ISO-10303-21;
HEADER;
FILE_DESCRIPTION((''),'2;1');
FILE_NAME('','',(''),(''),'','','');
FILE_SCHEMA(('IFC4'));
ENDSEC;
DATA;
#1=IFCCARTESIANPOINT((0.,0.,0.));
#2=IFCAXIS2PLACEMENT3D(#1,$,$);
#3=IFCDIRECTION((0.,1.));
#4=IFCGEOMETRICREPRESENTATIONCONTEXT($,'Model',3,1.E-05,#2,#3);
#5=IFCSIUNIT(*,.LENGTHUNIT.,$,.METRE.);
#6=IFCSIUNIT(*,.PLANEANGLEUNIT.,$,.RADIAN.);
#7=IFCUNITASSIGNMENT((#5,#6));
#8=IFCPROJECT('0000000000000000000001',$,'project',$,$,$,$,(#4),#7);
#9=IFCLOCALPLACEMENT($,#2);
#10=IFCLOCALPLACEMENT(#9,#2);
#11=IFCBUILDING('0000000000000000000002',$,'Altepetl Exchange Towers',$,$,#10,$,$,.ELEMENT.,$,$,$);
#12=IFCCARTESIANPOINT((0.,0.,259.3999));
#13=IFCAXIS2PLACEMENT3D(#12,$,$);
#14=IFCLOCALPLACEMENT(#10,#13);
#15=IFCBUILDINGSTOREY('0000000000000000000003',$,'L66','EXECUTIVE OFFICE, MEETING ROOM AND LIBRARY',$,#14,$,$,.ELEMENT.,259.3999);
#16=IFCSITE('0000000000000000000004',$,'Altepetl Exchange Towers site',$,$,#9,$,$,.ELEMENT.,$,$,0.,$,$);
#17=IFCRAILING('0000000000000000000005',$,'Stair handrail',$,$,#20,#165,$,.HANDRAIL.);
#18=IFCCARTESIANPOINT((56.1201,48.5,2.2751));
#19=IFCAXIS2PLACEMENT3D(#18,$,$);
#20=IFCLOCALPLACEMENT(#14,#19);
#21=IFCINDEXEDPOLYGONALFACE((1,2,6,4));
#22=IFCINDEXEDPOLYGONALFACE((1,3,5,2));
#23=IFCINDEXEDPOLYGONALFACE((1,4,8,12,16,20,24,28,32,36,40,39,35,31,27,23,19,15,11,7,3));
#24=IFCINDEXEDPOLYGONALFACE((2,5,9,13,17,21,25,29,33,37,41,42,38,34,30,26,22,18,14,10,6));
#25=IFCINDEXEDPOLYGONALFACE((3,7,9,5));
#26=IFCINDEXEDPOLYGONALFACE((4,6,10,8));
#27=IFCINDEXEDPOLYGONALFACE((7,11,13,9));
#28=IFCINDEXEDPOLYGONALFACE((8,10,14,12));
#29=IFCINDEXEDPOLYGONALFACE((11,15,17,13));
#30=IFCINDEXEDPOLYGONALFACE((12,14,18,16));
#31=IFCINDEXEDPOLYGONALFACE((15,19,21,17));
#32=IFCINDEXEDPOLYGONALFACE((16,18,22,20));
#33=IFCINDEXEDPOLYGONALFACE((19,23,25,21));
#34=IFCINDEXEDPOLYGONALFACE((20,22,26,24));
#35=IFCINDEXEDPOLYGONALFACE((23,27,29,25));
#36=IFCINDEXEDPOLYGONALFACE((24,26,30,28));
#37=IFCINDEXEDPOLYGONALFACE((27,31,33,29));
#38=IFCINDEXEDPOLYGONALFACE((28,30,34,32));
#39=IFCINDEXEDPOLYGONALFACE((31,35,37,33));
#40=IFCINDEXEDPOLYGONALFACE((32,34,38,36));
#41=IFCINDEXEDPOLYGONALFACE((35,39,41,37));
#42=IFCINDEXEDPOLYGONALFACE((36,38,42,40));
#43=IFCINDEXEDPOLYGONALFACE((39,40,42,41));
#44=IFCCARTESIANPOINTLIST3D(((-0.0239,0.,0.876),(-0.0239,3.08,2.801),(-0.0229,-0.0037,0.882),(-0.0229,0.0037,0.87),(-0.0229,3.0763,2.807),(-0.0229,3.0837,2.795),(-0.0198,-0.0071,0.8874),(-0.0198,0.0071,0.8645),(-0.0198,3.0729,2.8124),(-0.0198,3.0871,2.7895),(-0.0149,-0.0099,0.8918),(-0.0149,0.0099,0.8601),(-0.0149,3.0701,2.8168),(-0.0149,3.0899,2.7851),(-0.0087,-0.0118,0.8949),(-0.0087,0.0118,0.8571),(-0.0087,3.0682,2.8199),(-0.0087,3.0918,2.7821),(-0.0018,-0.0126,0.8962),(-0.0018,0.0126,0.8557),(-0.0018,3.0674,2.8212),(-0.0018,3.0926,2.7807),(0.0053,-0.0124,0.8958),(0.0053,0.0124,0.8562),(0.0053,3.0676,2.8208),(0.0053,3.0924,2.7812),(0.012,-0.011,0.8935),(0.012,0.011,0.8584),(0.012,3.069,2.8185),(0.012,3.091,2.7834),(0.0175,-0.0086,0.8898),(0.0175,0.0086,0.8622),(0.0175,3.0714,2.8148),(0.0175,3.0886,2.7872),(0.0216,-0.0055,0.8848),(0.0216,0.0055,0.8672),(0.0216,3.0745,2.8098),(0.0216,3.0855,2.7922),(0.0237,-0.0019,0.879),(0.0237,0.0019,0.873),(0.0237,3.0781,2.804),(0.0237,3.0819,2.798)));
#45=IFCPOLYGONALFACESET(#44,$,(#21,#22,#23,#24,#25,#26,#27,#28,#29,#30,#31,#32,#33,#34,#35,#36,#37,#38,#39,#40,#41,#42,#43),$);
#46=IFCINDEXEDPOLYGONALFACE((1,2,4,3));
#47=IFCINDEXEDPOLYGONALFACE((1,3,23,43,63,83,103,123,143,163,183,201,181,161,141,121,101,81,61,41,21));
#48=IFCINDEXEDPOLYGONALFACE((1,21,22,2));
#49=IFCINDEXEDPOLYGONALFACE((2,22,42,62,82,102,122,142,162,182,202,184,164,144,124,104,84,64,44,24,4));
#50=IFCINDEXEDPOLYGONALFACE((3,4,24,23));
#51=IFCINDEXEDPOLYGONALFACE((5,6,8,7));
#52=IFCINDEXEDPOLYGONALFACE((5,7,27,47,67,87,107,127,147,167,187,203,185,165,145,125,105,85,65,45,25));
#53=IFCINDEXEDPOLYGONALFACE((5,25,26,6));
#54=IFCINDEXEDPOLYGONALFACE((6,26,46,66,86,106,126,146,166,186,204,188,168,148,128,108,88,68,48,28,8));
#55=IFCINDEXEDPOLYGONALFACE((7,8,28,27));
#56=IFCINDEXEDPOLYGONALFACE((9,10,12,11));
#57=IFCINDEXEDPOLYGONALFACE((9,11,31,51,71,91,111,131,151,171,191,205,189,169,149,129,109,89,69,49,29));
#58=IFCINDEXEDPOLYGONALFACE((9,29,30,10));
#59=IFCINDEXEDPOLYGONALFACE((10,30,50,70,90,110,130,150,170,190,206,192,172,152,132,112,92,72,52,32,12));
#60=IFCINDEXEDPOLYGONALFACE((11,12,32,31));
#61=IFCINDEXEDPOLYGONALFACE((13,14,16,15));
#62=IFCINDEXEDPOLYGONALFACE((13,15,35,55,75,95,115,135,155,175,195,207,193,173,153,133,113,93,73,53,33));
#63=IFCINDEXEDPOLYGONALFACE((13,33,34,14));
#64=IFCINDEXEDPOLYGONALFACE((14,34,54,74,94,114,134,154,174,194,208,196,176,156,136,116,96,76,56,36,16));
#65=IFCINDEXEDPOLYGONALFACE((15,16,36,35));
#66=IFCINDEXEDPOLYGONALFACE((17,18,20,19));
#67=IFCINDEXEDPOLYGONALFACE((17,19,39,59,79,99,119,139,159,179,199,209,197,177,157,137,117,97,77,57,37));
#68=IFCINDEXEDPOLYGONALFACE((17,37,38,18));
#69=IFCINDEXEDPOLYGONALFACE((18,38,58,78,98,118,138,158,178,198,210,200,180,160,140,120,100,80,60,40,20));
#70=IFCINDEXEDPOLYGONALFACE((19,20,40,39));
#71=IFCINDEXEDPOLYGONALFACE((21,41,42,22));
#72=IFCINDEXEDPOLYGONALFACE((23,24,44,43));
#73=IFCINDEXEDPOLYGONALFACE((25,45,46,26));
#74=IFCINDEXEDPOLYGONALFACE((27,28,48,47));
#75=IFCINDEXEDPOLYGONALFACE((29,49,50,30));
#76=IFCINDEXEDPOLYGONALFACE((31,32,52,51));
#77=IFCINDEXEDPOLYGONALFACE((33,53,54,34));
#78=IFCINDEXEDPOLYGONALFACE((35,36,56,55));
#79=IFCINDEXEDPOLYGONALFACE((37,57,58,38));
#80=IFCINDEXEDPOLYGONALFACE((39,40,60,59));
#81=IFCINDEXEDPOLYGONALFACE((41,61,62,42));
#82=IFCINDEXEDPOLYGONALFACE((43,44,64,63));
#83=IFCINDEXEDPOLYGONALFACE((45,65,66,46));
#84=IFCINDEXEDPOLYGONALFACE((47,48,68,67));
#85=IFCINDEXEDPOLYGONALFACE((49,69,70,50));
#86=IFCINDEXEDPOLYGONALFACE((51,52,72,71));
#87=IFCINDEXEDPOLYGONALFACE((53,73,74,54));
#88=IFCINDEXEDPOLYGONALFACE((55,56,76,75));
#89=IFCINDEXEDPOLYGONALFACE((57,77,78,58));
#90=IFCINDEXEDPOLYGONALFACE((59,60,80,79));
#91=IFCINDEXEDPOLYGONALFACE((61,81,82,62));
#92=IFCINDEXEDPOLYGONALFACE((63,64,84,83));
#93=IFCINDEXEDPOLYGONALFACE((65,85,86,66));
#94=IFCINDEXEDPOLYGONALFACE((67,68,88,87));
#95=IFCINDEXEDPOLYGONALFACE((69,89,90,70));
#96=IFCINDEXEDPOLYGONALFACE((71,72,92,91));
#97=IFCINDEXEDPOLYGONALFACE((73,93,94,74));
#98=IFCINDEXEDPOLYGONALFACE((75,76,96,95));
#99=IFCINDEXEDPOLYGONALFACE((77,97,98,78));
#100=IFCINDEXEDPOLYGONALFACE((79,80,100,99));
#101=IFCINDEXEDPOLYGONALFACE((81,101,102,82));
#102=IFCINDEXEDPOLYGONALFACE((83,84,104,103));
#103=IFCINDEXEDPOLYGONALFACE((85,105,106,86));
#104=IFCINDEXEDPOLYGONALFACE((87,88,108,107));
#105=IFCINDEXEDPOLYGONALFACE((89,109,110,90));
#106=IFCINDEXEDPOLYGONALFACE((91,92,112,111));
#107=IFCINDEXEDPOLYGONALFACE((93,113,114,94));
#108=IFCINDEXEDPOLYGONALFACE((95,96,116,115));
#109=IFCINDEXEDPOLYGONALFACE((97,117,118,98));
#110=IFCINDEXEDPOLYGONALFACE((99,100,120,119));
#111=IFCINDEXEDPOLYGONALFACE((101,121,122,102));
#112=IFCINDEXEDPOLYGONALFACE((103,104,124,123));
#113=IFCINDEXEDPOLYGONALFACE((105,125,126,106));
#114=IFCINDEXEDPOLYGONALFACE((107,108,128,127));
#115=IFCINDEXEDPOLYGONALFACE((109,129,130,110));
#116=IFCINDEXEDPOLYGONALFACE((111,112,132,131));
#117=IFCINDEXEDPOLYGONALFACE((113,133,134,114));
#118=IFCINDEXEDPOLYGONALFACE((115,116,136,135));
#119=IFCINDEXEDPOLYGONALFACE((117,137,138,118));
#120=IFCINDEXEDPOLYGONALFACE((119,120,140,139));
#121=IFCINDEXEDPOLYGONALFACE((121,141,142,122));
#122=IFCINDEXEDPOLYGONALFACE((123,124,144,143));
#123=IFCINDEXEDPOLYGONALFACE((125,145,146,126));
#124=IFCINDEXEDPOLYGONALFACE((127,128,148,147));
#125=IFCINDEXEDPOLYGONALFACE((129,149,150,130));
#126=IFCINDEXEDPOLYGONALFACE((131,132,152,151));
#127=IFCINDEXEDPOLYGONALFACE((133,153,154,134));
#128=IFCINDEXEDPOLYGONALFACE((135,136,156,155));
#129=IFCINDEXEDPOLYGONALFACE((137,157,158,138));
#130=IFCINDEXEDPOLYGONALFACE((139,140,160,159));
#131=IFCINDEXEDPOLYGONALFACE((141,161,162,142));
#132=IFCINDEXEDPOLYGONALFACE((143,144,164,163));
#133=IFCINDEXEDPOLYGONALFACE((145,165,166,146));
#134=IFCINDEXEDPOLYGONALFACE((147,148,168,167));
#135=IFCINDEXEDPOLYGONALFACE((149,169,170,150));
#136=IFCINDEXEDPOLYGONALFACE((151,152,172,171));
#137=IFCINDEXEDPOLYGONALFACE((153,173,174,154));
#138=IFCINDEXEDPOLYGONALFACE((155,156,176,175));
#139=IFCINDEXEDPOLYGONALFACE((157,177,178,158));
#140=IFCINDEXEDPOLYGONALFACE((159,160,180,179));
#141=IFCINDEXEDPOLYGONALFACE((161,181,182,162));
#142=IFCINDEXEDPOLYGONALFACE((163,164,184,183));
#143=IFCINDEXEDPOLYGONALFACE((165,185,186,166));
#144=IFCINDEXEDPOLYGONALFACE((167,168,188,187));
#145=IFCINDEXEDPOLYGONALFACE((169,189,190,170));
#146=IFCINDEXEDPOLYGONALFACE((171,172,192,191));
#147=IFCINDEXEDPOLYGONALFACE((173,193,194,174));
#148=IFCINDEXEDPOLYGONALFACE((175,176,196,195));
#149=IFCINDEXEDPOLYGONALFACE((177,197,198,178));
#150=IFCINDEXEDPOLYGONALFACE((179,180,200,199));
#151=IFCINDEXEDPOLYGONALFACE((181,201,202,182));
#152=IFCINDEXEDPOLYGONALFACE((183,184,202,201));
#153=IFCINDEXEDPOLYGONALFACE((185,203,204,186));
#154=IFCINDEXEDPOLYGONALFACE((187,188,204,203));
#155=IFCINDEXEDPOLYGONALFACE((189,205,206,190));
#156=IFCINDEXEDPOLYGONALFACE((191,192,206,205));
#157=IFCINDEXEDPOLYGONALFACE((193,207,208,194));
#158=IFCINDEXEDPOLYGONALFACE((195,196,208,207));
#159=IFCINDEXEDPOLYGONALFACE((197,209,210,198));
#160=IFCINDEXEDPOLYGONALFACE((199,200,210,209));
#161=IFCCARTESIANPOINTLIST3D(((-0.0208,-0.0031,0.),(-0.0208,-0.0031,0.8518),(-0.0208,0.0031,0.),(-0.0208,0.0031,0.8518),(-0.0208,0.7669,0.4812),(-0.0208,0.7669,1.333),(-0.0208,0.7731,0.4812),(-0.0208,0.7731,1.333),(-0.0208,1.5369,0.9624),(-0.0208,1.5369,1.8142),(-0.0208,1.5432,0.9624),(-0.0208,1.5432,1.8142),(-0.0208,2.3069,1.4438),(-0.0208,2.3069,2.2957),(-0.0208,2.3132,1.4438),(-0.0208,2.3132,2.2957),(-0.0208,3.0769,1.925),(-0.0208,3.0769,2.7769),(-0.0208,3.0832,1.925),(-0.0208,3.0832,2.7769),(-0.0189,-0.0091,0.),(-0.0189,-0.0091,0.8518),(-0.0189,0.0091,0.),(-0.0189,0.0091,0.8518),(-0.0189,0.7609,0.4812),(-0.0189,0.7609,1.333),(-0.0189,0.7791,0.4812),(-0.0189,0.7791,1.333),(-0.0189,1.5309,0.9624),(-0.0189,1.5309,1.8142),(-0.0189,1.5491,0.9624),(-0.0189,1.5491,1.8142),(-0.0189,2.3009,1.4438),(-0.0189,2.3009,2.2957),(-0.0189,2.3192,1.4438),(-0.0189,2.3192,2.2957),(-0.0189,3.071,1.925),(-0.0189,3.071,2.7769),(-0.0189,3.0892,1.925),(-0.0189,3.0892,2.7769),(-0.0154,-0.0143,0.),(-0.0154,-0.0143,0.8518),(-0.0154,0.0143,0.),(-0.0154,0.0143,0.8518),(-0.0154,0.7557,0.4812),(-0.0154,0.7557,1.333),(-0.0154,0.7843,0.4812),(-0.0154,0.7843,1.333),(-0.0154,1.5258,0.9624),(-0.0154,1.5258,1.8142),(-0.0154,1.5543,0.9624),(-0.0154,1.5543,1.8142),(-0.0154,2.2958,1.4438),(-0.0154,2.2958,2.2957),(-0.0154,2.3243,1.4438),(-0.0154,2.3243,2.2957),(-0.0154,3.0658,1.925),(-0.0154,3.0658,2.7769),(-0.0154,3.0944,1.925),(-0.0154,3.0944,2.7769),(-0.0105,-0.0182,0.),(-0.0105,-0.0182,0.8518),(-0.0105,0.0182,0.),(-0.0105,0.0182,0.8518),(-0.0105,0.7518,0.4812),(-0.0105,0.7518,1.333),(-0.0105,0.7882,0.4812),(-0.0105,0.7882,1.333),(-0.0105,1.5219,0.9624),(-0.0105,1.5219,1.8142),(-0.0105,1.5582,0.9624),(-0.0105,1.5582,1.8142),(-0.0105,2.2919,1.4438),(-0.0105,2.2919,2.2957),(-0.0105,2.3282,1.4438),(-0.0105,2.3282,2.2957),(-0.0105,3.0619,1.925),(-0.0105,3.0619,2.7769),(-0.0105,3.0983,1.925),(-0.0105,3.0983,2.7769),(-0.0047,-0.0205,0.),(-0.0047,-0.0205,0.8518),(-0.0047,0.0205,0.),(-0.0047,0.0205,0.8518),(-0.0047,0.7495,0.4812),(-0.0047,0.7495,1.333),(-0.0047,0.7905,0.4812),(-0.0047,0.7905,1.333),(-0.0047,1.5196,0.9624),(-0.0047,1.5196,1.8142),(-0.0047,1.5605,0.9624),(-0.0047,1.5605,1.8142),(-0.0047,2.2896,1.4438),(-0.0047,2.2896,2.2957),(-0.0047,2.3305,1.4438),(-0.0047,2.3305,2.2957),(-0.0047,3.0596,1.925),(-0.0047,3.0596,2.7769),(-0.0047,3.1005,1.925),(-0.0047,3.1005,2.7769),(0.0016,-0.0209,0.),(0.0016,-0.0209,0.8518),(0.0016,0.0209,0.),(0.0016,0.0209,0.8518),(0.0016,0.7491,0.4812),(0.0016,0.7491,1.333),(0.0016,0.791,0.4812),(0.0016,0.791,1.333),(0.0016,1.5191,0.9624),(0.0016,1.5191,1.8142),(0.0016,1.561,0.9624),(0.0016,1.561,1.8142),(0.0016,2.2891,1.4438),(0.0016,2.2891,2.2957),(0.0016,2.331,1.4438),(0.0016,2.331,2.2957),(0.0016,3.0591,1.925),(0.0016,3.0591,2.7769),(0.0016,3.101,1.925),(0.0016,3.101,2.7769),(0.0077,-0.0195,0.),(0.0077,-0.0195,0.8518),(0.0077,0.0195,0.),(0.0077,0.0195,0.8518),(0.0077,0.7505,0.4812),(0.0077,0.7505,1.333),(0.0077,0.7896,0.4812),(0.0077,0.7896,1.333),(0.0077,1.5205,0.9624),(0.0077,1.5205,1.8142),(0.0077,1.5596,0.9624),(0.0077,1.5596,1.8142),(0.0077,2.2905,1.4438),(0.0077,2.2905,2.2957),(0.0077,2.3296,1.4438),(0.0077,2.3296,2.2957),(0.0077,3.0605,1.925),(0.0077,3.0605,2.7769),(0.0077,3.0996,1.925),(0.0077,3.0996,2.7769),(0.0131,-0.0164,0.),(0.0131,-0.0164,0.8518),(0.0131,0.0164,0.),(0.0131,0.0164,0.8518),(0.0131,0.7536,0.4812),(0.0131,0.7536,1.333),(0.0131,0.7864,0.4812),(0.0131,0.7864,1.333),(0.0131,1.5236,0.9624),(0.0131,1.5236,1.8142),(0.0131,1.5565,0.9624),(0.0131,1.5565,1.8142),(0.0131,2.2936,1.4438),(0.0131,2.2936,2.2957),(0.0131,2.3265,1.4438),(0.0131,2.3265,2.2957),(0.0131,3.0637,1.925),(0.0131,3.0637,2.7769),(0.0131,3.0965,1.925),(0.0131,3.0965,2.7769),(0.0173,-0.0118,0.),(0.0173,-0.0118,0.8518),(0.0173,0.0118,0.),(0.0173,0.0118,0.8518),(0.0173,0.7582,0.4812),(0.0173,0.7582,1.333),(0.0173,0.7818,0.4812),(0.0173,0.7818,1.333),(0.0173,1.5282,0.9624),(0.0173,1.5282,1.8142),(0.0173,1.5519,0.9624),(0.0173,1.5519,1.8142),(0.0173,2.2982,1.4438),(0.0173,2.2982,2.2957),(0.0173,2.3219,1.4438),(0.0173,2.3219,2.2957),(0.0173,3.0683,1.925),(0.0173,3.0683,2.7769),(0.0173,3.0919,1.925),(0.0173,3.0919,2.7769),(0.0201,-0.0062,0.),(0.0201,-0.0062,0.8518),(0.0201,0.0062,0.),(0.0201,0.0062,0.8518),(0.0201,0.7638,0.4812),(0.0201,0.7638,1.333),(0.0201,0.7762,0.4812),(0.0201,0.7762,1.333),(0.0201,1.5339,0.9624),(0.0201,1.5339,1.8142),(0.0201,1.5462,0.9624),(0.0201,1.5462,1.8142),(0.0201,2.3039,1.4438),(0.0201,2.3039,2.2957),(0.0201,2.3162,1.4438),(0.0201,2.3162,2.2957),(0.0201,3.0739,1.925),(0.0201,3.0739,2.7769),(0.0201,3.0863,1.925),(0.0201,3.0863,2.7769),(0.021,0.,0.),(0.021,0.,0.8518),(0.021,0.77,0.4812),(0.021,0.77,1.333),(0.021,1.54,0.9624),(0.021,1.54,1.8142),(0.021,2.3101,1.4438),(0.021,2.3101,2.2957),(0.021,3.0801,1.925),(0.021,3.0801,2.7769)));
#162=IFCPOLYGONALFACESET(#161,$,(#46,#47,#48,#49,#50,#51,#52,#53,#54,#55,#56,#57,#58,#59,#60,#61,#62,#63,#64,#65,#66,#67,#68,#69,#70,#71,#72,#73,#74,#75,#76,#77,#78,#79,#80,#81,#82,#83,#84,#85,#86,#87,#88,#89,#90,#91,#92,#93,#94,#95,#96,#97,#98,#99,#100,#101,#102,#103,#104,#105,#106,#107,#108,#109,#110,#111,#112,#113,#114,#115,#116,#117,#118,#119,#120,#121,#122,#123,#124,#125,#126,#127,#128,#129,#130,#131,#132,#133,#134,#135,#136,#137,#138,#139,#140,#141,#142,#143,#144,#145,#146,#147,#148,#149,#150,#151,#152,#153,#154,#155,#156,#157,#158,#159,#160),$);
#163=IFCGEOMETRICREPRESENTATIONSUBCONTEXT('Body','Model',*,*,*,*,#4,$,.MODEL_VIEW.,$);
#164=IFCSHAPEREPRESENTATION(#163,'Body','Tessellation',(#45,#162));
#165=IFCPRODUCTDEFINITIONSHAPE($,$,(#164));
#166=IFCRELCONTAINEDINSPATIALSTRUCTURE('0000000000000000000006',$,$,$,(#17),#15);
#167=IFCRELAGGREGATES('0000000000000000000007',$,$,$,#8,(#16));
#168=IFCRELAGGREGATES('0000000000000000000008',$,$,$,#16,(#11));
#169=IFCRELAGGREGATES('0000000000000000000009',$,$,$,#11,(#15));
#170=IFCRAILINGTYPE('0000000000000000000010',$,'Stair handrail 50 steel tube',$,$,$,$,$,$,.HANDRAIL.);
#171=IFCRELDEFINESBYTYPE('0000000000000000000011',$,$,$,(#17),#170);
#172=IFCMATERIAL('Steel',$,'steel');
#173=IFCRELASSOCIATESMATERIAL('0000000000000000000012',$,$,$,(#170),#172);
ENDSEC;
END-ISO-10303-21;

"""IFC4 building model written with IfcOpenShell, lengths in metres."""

from ifc_helpers import new_model, si_unit, direction, frame, origin, origin_2d, place, context, subcontext, project, spatial, circle, extrude, source, transform, mapped, material, type_object, element, save


model = new_model("IFC4")

# Units and contexts
model_context = context("Model", 3, precision=1e-05, world=origin(), true_north=direction((0.0, 1.0)))
body_context = subcontext(model_context, "Body", "Model", "MODEL_VIEW")
ifc_project = project(units=[si_unit("LENGTHUNIT", "METRE"), si_unit("PLANEANGLEUNIT", "RADIAN")], contexts=[model_context])

# Site, building, storey
site_placement = place(None, origin())
site = spatial("IfcSite", under=ifc_project, at=site_placement, Name="Altepetl Exchange Towers site", CompositionType="ELEMENT", RefElevation=0.0)
building_placement = place(site_placement, origin())
building = spatial("IfcBuilding", under=site, at=building_placement, Name="Altepetl Exchange Towers", CompositionType="ELEMENT")
storey_placement = place(building_placement, frame((0.0, 0.0, 259.3999)))
storey = spatial("IfcBuildingStorey", under=building, at=storey_placement, Name="L66", Description="EXECUTIVE OFFICE, MEETING ROOM AND LIBRARY", CompositionType="ELEMENT", Elevation=259.3999)

# Railing
ifc_material_1 = material(Name="Steel", Category="steel")
railing_type_1 = type_object("IfcRailingType", Name="Stair handrail 50 steel tube", PredefinedType="HANDRAIL", material=ifc_material_1)
shared_shape_1 = source(origin(), body_context, "Body", "SweptSolid", [
    extrude(circle(Radius=0.021, at=origin_2d()), origin(), (0.0, 0.0, 1.0), 0.8518),
])
for number, where, name in (
    (1, (56.1201, 48.5, 2.2751), "Stair handrail"),
):
    element("IfcRailing", number, at=place(storey_placement, frame(where)), inside=storey, type_object=railing_type_1, Name=name, PredefinedType="HANDRAIL", context=body_context, shape_type="SweptSolid", body=[
        extrude(circle(Radius=0.0239, at=origin_2d()), frame((0.0, 0.0, 0.876), z_axis=(0.0, 0.847998, 0.529999), x_axis=(-1.0, 0.0, 0.0)), (0.0, 0.0, 1.0), 3.6321),
        mapped(shared_shape_1, transform((0.0, 0.0, 0.0))),
        mapped(shared_shape_1, transform((0.0, 0.77, 0.4812))),
        mapped(shared_shape_1, transform((0.0, 1.54, 0.9624))),
        mapped(shared_shape_1, transform((0.0, 2.3101, 1.4438))),
        mapped(shared_shape_1, transform((0.0, 3.0801, 1.925))),
    ])

save(model, "model.ifc")
